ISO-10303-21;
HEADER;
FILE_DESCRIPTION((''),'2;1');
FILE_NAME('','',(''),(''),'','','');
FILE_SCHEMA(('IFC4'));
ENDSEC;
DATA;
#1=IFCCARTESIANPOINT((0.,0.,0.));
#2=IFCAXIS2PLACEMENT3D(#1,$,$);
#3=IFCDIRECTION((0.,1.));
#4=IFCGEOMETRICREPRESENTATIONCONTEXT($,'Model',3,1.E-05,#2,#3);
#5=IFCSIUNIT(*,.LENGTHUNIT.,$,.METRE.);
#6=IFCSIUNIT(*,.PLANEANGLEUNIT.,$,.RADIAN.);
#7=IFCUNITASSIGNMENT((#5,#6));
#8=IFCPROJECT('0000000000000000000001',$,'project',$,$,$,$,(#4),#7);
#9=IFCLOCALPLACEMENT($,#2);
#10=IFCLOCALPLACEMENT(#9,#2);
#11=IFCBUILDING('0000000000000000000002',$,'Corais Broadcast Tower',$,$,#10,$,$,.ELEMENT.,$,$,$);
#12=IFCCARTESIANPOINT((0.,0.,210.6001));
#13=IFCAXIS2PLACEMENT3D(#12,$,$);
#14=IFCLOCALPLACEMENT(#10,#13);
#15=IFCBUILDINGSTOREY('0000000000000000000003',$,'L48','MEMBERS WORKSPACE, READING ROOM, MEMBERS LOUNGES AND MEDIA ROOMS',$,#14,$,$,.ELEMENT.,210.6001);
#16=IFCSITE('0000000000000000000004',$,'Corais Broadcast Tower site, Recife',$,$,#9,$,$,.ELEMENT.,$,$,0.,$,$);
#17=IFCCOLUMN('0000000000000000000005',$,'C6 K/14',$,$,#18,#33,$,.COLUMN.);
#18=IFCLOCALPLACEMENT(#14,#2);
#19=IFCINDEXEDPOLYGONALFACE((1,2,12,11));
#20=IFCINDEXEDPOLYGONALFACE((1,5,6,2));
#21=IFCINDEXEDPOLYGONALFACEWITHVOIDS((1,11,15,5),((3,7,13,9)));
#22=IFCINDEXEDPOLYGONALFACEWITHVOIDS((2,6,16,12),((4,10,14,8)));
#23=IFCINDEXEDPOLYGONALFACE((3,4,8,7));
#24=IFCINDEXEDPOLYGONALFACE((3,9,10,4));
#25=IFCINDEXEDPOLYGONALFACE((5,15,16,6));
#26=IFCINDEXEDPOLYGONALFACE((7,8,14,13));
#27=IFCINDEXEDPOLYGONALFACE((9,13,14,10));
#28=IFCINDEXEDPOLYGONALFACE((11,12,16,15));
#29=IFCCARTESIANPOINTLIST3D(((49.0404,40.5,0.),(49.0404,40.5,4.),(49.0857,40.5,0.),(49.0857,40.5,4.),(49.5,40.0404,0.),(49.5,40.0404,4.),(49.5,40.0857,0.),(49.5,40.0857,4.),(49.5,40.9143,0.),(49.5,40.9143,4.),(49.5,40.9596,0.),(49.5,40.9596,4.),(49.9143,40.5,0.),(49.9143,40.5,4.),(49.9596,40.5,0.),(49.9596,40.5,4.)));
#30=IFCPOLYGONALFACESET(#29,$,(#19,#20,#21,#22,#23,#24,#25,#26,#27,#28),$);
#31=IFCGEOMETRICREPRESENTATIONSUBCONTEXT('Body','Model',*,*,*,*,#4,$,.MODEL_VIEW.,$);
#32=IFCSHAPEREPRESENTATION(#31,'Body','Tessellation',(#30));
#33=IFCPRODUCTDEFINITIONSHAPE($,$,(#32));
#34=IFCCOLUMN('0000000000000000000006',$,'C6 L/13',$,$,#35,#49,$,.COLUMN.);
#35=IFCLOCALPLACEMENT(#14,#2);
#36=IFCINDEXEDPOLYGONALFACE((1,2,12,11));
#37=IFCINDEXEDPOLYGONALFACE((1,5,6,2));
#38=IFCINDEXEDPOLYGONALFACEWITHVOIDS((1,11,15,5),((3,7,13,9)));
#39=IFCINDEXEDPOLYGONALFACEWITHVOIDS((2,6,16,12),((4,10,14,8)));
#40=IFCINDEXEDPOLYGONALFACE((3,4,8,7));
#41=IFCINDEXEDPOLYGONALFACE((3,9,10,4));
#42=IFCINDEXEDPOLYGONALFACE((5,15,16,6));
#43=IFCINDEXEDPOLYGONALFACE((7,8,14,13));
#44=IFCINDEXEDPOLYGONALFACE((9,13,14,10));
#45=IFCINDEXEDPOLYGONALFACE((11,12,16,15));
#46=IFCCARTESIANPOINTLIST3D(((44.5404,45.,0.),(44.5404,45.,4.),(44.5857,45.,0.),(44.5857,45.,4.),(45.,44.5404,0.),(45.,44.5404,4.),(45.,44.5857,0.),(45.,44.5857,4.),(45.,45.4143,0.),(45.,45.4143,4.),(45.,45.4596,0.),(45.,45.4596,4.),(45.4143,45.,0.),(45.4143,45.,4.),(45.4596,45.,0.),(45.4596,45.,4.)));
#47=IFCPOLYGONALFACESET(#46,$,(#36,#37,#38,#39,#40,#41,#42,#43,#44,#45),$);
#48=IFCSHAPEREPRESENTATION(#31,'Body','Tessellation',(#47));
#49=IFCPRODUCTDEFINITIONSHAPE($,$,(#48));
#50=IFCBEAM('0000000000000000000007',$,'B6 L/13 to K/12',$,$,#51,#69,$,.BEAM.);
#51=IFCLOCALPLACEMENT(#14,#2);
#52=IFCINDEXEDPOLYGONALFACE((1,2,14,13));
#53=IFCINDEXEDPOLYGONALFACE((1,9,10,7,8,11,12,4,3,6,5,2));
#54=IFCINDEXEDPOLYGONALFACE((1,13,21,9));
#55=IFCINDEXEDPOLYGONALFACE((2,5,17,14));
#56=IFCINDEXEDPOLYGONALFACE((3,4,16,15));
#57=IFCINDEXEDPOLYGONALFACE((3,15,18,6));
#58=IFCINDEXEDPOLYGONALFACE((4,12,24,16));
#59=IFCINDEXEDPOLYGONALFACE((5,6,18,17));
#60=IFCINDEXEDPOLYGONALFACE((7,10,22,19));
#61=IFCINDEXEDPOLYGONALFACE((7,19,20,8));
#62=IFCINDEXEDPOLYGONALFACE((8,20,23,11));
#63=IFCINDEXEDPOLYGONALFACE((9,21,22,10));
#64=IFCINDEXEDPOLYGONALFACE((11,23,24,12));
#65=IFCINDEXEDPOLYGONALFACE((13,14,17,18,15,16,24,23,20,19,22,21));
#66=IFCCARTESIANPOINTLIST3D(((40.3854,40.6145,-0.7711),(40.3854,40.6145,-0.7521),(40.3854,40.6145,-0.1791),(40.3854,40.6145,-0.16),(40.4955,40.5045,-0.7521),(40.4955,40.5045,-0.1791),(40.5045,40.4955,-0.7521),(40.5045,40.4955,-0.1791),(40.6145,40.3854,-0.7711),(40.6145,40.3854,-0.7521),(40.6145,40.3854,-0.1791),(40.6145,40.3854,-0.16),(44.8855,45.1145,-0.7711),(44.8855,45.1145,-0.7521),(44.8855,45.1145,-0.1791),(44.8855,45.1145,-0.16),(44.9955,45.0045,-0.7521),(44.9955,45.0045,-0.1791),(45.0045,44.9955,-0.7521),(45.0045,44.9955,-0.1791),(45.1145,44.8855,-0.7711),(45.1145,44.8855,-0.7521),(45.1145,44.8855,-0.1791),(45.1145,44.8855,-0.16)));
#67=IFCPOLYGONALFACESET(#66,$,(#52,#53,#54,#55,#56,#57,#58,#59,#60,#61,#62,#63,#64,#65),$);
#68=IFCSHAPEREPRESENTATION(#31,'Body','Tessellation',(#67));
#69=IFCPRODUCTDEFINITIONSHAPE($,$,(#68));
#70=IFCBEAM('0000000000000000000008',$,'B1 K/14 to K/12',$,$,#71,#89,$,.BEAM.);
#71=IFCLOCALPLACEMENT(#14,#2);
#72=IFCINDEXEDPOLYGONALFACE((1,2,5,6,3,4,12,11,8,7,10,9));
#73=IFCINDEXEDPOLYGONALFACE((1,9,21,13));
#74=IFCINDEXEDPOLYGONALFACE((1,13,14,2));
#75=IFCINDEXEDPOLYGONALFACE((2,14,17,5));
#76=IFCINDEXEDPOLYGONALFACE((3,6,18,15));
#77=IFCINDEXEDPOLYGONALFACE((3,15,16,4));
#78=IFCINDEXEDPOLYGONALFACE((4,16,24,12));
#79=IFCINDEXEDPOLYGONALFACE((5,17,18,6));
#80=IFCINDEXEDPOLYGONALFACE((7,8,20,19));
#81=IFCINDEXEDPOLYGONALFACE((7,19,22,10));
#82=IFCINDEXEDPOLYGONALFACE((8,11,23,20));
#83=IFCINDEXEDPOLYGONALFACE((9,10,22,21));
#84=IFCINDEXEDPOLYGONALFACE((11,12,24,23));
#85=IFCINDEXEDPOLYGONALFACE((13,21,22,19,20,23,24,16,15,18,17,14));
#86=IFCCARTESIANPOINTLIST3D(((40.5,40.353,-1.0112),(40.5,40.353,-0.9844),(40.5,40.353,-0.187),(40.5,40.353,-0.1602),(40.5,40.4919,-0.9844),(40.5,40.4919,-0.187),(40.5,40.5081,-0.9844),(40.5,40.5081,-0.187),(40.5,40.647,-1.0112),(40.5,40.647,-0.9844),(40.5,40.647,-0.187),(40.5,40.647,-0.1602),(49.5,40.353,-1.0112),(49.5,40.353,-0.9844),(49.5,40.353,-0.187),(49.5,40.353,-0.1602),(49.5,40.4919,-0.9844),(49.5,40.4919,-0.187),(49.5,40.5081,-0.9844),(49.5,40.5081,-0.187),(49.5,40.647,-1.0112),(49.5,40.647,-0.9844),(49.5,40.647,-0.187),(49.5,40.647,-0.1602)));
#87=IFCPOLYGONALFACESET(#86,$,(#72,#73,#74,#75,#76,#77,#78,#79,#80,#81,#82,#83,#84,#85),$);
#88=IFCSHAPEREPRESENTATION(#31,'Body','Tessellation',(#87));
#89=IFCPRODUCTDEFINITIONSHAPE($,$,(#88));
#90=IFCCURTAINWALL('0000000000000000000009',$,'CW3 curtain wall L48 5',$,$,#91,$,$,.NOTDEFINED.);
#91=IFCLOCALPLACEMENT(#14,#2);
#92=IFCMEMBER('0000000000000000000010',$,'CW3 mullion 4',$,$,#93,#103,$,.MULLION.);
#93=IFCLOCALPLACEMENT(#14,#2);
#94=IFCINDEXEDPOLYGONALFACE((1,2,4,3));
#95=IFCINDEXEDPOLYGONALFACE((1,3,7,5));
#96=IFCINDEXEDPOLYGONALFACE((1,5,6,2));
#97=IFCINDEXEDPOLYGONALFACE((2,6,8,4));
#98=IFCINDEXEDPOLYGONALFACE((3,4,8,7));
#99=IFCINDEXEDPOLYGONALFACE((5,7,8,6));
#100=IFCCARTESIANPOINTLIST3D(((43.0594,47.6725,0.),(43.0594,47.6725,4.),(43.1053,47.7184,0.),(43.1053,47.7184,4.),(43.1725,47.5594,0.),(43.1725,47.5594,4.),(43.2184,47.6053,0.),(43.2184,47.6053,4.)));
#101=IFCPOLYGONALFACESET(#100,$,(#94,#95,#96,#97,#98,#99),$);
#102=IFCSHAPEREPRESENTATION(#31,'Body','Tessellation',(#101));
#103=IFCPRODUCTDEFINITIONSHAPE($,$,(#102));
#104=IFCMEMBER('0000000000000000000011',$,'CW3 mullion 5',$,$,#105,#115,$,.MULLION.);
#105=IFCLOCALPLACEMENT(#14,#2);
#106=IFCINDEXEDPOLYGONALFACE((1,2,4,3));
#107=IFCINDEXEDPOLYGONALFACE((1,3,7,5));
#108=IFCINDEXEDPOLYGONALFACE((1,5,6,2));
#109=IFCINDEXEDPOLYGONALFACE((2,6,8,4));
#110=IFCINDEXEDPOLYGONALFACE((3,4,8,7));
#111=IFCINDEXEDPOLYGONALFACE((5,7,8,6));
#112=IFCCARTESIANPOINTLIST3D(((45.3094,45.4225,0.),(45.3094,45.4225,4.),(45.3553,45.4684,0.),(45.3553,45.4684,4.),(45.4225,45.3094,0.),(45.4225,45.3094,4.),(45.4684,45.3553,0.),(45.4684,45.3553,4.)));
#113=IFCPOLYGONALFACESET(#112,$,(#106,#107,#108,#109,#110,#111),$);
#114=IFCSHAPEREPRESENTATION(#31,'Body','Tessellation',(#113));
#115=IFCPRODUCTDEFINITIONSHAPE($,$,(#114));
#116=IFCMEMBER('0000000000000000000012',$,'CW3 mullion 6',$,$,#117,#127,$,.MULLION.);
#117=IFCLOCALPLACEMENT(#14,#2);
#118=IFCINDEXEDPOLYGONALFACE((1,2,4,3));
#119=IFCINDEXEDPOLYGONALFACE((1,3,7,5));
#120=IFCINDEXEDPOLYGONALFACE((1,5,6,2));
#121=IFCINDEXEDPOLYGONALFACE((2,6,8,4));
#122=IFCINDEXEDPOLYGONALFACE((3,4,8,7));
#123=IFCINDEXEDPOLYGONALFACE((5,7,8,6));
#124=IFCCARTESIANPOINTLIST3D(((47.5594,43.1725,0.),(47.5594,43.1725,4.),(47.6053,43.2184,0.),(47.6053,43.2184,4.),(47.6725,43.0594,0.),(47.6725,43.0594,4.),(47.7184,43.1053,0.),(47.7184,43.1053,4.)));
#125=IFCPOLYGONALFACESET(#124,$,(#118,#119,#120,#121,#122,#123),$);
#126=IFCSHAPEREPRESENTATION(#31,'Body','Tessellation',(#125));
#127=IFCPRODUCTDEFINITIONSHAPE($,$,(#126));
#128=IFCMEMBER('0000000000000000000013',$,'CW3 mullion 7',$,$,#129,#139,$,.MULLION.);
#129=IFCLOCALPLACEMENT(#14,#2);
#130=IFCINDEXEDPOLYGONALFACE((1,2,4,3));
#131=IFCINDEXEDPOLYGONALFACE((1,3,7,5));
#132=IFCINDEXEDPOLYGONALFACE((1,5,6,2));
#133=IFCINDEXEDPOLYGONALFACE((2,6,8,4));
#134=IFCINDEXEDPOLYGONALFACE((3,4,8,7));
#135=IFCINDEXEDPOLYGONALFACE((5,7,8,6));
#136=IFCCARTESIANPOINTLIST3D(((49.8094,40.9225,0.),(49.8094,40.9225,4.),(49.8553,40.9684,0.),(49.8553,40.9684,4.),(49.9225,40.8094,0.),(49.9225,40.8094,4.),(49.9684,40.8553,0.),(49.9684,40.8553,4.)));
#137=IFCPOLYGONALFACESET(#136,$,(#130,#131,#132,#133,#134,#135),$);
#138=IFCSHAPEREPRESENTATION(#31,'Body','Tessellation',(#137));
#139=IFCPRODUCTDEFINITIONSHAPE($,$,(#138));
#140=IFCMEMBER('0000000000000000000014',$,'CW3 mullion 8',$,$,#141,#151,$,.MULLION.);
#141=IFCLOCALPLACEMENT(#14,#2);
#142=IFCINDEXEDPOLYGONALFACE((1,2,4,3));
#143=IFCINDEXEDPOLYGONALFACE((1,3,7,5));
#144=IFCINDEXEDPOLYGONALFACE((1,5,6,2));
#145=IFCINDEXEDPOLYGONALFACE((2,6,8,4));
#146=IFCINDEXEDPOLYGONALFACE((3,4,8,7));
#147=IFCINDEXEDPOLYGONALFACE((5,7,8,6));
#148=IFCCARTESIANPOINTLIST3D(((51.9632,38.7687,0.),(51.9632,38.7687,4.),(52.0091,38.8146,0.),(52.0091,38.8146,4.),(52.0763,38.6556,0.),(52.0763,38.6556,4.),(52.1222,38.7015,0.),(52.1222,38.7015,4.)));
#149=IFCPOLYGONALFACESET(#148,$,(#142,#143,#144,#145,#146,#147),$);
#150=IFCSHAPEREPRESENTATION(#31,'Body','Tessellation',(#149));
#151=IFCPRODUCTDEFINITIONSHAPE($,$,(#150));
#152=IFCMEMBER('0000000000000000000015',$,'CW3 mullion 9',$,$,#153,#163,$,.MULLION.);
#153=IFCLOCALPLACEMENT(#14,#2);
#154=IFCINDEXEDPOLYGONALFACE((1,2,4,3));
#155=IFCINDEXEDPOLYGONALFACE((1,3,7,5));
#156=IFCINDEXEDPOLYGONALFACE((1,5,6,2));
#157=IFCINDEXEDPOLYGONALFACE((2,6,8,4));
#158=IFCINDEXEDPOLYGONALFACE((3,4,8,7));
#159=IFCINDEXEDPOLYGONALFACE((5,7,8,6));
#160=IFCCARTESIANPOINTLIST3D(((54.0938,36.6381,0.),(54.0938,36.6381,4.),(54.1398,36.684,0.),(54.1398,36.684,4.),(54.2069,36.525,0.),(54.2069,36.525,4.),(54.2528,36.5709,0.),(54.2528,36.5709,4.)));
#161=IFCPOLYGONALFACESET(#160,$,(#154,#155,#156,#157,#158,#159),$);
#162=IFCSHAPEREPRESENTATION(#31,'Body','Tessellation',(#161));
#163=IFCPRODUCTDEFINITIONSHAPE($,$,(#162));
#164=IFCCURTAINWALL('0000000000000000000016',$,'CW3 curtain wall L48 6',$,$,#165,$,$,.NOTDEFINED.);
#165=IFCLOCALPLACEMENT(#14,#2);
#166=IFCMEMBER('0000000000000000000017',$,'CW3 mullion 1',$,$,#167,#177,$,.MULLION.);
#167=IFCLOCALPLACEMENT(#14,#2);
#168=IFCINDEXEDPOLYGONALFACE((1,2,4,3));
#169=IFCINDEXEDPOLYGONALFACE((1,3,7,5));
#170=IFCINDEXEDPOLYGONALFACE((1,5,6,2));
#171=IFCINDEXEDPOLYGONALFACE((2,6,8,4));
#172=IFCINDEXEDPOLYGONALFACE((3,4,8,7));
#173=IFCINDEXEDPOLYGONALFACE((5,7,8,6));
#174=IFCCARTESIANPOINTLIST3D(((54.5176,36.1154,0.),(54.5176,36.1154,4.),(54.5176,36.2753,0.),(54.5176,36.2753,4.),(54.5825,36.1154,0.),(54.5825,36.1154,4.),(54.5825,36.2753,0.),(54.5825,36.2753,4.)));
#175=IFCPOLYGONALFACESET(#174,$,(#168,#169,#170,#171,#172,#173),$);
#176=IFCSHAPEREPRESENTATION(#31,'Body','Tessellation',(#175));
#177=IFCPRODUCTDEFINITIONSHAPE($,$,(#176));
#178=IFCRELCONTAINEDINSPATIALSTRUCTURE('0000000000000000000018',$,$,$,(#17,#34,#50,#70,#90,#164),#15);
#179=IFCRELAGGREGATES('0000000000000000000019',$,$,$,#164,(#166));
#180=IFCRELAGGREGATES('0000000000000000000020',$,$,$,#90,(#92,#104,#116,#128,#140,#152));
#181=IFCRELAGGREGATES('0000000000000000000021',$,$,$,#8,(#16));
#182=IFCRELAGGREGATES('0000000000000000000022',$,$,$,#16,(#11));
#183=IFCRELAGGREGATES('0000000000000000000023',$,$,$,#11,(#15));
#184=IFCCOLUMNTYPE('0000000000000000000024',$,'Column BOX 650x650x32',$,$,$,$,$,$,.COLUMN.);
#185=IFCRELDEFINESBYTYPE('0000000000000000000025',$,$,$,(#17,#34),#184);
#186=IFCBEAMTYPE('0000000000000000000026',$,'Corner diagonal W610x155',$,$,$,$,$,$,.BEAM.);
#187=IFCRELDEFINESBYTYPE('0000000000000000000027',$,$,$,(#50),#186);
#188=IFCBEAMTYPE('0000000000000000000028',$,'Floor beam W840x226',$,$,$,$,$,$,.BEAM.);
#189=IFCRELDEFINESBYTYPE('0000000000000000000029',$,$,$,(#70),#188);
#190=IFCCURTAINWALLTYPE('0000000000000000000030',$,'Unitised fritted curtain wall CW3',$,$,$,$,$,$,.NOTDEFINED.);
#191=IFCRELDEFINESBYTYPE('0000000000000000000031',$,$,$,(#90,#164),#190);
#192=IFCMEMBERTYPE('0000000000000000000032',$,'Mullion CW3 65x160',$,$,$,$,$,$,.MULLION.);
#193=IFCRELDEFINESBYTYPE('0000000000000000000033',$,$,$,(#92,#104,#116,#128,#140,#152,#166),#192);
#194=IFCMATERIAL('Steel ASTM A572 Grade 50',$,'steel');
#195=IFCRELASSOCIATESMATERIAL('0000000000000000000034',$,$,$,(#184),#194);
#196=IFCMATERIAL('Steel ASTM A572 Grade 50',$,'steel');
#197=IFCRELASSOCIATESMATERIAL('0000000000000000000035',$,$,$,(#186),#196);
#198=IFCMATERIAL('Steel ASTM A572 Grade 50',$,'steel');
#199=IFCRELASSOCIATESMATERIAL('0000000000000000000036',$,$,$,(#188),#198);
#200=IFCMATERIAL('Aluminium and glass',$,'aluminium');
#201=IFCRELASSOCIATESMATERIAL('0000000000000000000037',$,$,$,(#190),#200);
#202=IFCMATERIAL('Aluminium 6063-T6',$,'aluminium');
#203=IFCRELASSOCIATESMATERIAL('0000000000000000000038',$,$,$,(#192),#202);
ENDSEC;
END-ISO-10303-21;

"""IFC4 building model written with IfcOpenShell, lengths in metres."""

from ifc_helpers import new_model, si_unit, direction, frame, origin, origin_2d, place, context, subcontext, project, spatial, rectangle, hollow_rectangle, i_section, extrude, material, material_profile, profile_set, type_object, element, aggregate, save


model = new_model("IFC4")

# Units and contexts
model_context = context("Model", 3, precision=1e-05, world=origin(), true_north=direction((0.0, 1.0)))
body_context = subcontext(model_context, "Body", "Model", "MODEL_VIEW")
ifc_project = project(units=[si_unit("LENGTHUNIT", "METRE"), si_unit("PLANEANGLEUNIT", "RADIAN")], contexts=[model_context])

# Site, building, storey
site_placement = place(None, origin())
site = spatial("IfcSite", under=ifc_project, at=site_placement, Name="Corais Broadcast Tower site, Recife", CompositionType="ELEMENT", RefElevation=0.0)
building_placement = place(site_placement, origin())
building = spatial("IfcBuilding", under=site, at=building_placement, Name="Corais Broadcast Tower", CompositionType="ELEMENT")
storey_placement = place(building_placement, frame((0.0, 0.0, 210.6001)))
storey = spatial("IfcBuildingStorey", under=building, at=storey_placement, Name="L48", Description="MEMBERS WORKSPACE, READING ROOM, MEMBERS LOUNGES AND MEDIA ROOMS", CompositionType="ELEMENT", Elevation=210.6001)

# Columns
ifc_material_1 = material(Name="Steel ASTM A572 Grade 50", Category="steel")
ifc_material_profile_1 = material_profile(ifc_material_1, hollow_rectangle(XDim=0.6499, YDim=0.6499, WallThickness=0.032, at=origin_2d()), Name="BOX 650x650x32")
ifc_profile_set_1 = profile_set([ifc_material_profile_1], Name="Steel ASTM A572 Grade 50")
column_type = type_object("IfcColumnType", Name="Column BOX 650x650x32", PredefinedType="COLUMN", material=ifc_profile_set_1)
for number, where, z_axis, x_axis, name in (
    (1, (49.5, 40.5, 0.0), (0.0, 0.0, 1.0), (0.707107, 0.707107, 0.0), "C6 K/14"),
    (2, (45.0, 45.0, 0.0), (0.0, 0.0, 1.0), (0.707107, 0.707107, 0.0), "C6 L/13"),
):
    element("IfcColumn", number, at=place(storey_placement, frame(where, z_axis=z_axis, x_axis=x_axis)), inside=storey, type_object=column_type, Name=name, PredefinedType="COLUMN", context=body_context, shape_type="SweptSolid", body=[
        extrude(hollow_rectangle(XDim=0.6499, YDim=0.6499, WallThickness=0.032, at=origin_2d()), origin(), (0.0, 0.0, 1.0), 4.0),
    ])

# Beams
ifc_material_2 = material(Name="Steel ASTM A572 Grade 50", Category="steel")
ifc_material_profile_2 = material_profile(ifc_material_2, i_section(OverallWidth=0.324, OverallDepth=0.6111, WebThickness=0.0127, FlangeThickness=0.019, at=origin_2d()), Name="W610x155")
ifc_profile_set_2 = profile_set([ifc_material_profile_2], Name="Steel ASTM A572 Grade 50")
beam_type_1 = type_object("IfcBeamType", Name="Corner diagonal W610x155", PredefinedType="BEAM", material=ifc_profile_set_2)
beam_1_placement = place(storey_placement, frame((45.0, 45.0, -0.4656), z_axis=(-0.707107, -0.707107, 0.0), x_axis=(0.707107, -0.707107, 0.0)))
element("IfcBeam", 3, at=beam_1_placement, inside=storey, type_object=beam_type_1, Name="B6 L/13 to K/12", PredefinedType="BEAM", context=body_context, shape_type="SweptSolid", body=[
    extrude(i_section(OverallWidth=0.324, OverallDepth=0.6111, WebThickness=0.0127, FlangeThickness=0.019, at=origin_2d()), origin(), (0.0, 0.0, 1.0), 6.364),
])
ifc_material_3 = material(Name="Steel ASTM A572 Grade 50", Category="steel")
ifc_material_profile_3 = material_profile(ifc_material_3, i_section(OverallWidth=0.2939, OverallDepth=0.8511, WebThickness=0.0161, FlangeThickness=0.0269, at=origin_2d()), Name="W840x226")
ifc_profile_set_3 = profile_set([ifc_material_profile_3], Name="Steel ASTM A572 Grade 50")
beam_type_2 = type_object("IfcBeamType", Name="Floor beam W840x226", PredefinedType="BEAM", material=ifc_profile_set_3)
beam_2_placement = place(storey_placement, frame((49.5, 40.5, -0.5857), z_axis=(-1.0, 0.0, 0.0), x_axis=(0.0, -1.0, 0.0)))
element("IfcBeam", 4, at=beam_2_placement, inside=storey, type_object=beam_type_2, Name="B1 K/14 to K/12", PredefinedType="BEAM", context=body_context, shape_type="SweptSolid", body=[
    extrude(i_section(OverallWidth=0.2939, OverallDepth=0.8511, WebThickness=0.0161, FlangeThickness=0.0269, at=origin_2d()), origin(), (0.0, 0.0, 1.0), 9.0),
])

# Curtain wall, members
ifc_material_4 = material(Name="Aluminium and glass", Category="aluminium")
curtain_wall_type = type_object("IfcCurtainWallType", Name="Unitised fritted curtain wall CW3", PredefinedType="NOTDEFINED", material=ifc_material_4)
curtain_wall_1_placement = place(storey_placement, origin())
curtain_wall_1 = element("IfcCurtainWall", 5, at=curtain_wall_1_placement, inside=storey, type_object=curtain_wall_type, Name="CW3 curtain wall L48 5", PredefinedType="NOTDEFINED")
ifc_material_5 = material(Name="Aluminium 6063-T6", Category="aluminium")
ifc_material_profile_4 = material_profile(ifc_material_5, rectangle(XDim=0.0649, YDim=0.1599, at=origin_2d()), Name="Mullion CW3 65x160")
ifc_profile_set_4 = profile_set([ifc_material_profile_4], Name="Aluminium 6063-T6")
member_type_1 = type_object("IfcMemberType", Name="Mullion CW3 65x160", PredefinedType="MULLION", material=ifc_profile_set_4)
member_1_placement = place(storey_placement, frame((43.1389, 47.6389, 0.0), z_axis=(0.0, 0.0, 1.0), x_axis=(0.707107, 0.707107, 0.0)))
member_1 = element("IfcMember", 6, at=member_1_placement, type_object=member_type_1, Name="CW3 mullion 4", PredefinedType="MULLION", context=body_context, shape_type="SweptSolid", body=[
    extrude(rectangle(XDim=0.0649, YDim=0.1599, at=origin_2d()), origin(), (0.0, 0.0, 1.0), 4.0),
])
member_2_placement = place(storey_placement, frame((45.3889, 45.3889, 0.0), z_axis=(0.0, 0.0, 1.0), x_axis=(0.707107, 0.707107, 0.0)))
member_2 = element("IfcMember", 7, at=member_2_placement, type_object=member_type_1, Name="CW3 mullion 5", PredefinedType="MULLION", context=body_context, shape_type="SweptSolid", body=[
    extrude(rectangle(XDim=0.0649, YDim=0.1599, at=origin_2d()), origin(), (0.0, 0.0, 1.0), 4.0),
])
member_3_placement = place(storey_placement, frame((47.6389, 43.1389, 0.0), z_axis=(0.0, 0.0, 1.0), x_axis=(0.707107, 0.707107, 0.0)))
member_3 = element("IfcMember", 8, at=member_3_placement, type_object=member_type_1, Name="CW3 mullion 6", PredefinedType="MULLION", context=body_context, shape_type="SweptSolid", body=[
    extrude(rectangle(XDim=0.0649, YDim=0.1599, at=origin_2d()), origin(), (0.0, 0.0, 1.0), 4.0),
])
member_4_placement = place(storey_placement, frame((49.8889, 40.8889, 0.0), z_axis=(0.0, 0.0, 1.0), x_axis=(0.707107, 0.707107, 0.0)))
member_4 = element("IfcMember", 9, at=member_4_placement, type_object=member_type_1, Name="CW3 mullion 7", PredefinedType="MULLION", context=body_context, shape_type="SweptSolid", body=[
    extrude(rectangle(XDim=0.0649, YDim=0.1599, at=origin_2d()), origin(), (0.0, 0.0, 1.0), 4.0),
])
member_5_placement = place(storey_placement, frame((52.0427, 38.7351, 0.0), z_axis=(0.0, 0.0, 1.0), x_axis=(0.707107, 0.707107, 0.0)))
member_5 = element("IfcMember", 10, at=member_5_placement, type_object=member_type_1, Name="CW3 mullion 8", PredefinedType="MULLION", context=body_context, shape_type="SweptSolid", body=[
    extrude(rectangle(XDim=0.0649, YDim=0.1599, at=origin_2d()), origin(), (0.0, 0.0, 1.0), 4.0),
])
member_6_placement = place(storey_placement, frame((54.1733, 36.6045, 0.0), z_axis=(0.0, 0.0, 1.0), x_axis=(0.707107, 0.707107, 0.0)))
member_6 = element("IfcMember", 11, at=member_6_placement, type_object=member_type_1, Name="CW3 mullion 9", PredefinedType="MULLION", context=body_context, shape_type="SweptSolid", body=[
    extrude(rectangle(XDim=0.0649, YDim=0.1599, at=origin_2d()), origin(), (0.0, 0.0, 1.0), 4.0),
])

# Curtain wall, member
curtain_wall_2_placement = place(storey_placement, origin())
curtain_wall_2 = element("IfcCurtainWall", 12, at=curtain_wall_2_placement, inside=storey, type_object=curtain_wall_type, Name="CW3 curtain wall L48 6", PredefinedType="NOTDEFINED")
member_7_placement = place(storey_placement, frame((54.55, 36.1953, 0.0), z_axis=(0.0, 0.0, 1.0), x_axis=(1.0, 0.0, 0.0)))
member_7 = element("IfcMember", 13, at=member_7_placement, type_object=member_type_1, Name="CW3 mullion 1", PredefinedType="MULLION", context=body_context, shape_type="SweptSolid", body=[
    extrude(rectangle(XDim=0.0649, YDim=0.1599, at=origin_2d()), origin(), (0.0, 0.0, 1.0), 4.0),
])
aggregate(curtain_wall_2, [member_7])

aggregate(curtain_wall_1, [member_1, member_2, member_3, member_4, member_5, member_6])

save(model, "model.ifc")
